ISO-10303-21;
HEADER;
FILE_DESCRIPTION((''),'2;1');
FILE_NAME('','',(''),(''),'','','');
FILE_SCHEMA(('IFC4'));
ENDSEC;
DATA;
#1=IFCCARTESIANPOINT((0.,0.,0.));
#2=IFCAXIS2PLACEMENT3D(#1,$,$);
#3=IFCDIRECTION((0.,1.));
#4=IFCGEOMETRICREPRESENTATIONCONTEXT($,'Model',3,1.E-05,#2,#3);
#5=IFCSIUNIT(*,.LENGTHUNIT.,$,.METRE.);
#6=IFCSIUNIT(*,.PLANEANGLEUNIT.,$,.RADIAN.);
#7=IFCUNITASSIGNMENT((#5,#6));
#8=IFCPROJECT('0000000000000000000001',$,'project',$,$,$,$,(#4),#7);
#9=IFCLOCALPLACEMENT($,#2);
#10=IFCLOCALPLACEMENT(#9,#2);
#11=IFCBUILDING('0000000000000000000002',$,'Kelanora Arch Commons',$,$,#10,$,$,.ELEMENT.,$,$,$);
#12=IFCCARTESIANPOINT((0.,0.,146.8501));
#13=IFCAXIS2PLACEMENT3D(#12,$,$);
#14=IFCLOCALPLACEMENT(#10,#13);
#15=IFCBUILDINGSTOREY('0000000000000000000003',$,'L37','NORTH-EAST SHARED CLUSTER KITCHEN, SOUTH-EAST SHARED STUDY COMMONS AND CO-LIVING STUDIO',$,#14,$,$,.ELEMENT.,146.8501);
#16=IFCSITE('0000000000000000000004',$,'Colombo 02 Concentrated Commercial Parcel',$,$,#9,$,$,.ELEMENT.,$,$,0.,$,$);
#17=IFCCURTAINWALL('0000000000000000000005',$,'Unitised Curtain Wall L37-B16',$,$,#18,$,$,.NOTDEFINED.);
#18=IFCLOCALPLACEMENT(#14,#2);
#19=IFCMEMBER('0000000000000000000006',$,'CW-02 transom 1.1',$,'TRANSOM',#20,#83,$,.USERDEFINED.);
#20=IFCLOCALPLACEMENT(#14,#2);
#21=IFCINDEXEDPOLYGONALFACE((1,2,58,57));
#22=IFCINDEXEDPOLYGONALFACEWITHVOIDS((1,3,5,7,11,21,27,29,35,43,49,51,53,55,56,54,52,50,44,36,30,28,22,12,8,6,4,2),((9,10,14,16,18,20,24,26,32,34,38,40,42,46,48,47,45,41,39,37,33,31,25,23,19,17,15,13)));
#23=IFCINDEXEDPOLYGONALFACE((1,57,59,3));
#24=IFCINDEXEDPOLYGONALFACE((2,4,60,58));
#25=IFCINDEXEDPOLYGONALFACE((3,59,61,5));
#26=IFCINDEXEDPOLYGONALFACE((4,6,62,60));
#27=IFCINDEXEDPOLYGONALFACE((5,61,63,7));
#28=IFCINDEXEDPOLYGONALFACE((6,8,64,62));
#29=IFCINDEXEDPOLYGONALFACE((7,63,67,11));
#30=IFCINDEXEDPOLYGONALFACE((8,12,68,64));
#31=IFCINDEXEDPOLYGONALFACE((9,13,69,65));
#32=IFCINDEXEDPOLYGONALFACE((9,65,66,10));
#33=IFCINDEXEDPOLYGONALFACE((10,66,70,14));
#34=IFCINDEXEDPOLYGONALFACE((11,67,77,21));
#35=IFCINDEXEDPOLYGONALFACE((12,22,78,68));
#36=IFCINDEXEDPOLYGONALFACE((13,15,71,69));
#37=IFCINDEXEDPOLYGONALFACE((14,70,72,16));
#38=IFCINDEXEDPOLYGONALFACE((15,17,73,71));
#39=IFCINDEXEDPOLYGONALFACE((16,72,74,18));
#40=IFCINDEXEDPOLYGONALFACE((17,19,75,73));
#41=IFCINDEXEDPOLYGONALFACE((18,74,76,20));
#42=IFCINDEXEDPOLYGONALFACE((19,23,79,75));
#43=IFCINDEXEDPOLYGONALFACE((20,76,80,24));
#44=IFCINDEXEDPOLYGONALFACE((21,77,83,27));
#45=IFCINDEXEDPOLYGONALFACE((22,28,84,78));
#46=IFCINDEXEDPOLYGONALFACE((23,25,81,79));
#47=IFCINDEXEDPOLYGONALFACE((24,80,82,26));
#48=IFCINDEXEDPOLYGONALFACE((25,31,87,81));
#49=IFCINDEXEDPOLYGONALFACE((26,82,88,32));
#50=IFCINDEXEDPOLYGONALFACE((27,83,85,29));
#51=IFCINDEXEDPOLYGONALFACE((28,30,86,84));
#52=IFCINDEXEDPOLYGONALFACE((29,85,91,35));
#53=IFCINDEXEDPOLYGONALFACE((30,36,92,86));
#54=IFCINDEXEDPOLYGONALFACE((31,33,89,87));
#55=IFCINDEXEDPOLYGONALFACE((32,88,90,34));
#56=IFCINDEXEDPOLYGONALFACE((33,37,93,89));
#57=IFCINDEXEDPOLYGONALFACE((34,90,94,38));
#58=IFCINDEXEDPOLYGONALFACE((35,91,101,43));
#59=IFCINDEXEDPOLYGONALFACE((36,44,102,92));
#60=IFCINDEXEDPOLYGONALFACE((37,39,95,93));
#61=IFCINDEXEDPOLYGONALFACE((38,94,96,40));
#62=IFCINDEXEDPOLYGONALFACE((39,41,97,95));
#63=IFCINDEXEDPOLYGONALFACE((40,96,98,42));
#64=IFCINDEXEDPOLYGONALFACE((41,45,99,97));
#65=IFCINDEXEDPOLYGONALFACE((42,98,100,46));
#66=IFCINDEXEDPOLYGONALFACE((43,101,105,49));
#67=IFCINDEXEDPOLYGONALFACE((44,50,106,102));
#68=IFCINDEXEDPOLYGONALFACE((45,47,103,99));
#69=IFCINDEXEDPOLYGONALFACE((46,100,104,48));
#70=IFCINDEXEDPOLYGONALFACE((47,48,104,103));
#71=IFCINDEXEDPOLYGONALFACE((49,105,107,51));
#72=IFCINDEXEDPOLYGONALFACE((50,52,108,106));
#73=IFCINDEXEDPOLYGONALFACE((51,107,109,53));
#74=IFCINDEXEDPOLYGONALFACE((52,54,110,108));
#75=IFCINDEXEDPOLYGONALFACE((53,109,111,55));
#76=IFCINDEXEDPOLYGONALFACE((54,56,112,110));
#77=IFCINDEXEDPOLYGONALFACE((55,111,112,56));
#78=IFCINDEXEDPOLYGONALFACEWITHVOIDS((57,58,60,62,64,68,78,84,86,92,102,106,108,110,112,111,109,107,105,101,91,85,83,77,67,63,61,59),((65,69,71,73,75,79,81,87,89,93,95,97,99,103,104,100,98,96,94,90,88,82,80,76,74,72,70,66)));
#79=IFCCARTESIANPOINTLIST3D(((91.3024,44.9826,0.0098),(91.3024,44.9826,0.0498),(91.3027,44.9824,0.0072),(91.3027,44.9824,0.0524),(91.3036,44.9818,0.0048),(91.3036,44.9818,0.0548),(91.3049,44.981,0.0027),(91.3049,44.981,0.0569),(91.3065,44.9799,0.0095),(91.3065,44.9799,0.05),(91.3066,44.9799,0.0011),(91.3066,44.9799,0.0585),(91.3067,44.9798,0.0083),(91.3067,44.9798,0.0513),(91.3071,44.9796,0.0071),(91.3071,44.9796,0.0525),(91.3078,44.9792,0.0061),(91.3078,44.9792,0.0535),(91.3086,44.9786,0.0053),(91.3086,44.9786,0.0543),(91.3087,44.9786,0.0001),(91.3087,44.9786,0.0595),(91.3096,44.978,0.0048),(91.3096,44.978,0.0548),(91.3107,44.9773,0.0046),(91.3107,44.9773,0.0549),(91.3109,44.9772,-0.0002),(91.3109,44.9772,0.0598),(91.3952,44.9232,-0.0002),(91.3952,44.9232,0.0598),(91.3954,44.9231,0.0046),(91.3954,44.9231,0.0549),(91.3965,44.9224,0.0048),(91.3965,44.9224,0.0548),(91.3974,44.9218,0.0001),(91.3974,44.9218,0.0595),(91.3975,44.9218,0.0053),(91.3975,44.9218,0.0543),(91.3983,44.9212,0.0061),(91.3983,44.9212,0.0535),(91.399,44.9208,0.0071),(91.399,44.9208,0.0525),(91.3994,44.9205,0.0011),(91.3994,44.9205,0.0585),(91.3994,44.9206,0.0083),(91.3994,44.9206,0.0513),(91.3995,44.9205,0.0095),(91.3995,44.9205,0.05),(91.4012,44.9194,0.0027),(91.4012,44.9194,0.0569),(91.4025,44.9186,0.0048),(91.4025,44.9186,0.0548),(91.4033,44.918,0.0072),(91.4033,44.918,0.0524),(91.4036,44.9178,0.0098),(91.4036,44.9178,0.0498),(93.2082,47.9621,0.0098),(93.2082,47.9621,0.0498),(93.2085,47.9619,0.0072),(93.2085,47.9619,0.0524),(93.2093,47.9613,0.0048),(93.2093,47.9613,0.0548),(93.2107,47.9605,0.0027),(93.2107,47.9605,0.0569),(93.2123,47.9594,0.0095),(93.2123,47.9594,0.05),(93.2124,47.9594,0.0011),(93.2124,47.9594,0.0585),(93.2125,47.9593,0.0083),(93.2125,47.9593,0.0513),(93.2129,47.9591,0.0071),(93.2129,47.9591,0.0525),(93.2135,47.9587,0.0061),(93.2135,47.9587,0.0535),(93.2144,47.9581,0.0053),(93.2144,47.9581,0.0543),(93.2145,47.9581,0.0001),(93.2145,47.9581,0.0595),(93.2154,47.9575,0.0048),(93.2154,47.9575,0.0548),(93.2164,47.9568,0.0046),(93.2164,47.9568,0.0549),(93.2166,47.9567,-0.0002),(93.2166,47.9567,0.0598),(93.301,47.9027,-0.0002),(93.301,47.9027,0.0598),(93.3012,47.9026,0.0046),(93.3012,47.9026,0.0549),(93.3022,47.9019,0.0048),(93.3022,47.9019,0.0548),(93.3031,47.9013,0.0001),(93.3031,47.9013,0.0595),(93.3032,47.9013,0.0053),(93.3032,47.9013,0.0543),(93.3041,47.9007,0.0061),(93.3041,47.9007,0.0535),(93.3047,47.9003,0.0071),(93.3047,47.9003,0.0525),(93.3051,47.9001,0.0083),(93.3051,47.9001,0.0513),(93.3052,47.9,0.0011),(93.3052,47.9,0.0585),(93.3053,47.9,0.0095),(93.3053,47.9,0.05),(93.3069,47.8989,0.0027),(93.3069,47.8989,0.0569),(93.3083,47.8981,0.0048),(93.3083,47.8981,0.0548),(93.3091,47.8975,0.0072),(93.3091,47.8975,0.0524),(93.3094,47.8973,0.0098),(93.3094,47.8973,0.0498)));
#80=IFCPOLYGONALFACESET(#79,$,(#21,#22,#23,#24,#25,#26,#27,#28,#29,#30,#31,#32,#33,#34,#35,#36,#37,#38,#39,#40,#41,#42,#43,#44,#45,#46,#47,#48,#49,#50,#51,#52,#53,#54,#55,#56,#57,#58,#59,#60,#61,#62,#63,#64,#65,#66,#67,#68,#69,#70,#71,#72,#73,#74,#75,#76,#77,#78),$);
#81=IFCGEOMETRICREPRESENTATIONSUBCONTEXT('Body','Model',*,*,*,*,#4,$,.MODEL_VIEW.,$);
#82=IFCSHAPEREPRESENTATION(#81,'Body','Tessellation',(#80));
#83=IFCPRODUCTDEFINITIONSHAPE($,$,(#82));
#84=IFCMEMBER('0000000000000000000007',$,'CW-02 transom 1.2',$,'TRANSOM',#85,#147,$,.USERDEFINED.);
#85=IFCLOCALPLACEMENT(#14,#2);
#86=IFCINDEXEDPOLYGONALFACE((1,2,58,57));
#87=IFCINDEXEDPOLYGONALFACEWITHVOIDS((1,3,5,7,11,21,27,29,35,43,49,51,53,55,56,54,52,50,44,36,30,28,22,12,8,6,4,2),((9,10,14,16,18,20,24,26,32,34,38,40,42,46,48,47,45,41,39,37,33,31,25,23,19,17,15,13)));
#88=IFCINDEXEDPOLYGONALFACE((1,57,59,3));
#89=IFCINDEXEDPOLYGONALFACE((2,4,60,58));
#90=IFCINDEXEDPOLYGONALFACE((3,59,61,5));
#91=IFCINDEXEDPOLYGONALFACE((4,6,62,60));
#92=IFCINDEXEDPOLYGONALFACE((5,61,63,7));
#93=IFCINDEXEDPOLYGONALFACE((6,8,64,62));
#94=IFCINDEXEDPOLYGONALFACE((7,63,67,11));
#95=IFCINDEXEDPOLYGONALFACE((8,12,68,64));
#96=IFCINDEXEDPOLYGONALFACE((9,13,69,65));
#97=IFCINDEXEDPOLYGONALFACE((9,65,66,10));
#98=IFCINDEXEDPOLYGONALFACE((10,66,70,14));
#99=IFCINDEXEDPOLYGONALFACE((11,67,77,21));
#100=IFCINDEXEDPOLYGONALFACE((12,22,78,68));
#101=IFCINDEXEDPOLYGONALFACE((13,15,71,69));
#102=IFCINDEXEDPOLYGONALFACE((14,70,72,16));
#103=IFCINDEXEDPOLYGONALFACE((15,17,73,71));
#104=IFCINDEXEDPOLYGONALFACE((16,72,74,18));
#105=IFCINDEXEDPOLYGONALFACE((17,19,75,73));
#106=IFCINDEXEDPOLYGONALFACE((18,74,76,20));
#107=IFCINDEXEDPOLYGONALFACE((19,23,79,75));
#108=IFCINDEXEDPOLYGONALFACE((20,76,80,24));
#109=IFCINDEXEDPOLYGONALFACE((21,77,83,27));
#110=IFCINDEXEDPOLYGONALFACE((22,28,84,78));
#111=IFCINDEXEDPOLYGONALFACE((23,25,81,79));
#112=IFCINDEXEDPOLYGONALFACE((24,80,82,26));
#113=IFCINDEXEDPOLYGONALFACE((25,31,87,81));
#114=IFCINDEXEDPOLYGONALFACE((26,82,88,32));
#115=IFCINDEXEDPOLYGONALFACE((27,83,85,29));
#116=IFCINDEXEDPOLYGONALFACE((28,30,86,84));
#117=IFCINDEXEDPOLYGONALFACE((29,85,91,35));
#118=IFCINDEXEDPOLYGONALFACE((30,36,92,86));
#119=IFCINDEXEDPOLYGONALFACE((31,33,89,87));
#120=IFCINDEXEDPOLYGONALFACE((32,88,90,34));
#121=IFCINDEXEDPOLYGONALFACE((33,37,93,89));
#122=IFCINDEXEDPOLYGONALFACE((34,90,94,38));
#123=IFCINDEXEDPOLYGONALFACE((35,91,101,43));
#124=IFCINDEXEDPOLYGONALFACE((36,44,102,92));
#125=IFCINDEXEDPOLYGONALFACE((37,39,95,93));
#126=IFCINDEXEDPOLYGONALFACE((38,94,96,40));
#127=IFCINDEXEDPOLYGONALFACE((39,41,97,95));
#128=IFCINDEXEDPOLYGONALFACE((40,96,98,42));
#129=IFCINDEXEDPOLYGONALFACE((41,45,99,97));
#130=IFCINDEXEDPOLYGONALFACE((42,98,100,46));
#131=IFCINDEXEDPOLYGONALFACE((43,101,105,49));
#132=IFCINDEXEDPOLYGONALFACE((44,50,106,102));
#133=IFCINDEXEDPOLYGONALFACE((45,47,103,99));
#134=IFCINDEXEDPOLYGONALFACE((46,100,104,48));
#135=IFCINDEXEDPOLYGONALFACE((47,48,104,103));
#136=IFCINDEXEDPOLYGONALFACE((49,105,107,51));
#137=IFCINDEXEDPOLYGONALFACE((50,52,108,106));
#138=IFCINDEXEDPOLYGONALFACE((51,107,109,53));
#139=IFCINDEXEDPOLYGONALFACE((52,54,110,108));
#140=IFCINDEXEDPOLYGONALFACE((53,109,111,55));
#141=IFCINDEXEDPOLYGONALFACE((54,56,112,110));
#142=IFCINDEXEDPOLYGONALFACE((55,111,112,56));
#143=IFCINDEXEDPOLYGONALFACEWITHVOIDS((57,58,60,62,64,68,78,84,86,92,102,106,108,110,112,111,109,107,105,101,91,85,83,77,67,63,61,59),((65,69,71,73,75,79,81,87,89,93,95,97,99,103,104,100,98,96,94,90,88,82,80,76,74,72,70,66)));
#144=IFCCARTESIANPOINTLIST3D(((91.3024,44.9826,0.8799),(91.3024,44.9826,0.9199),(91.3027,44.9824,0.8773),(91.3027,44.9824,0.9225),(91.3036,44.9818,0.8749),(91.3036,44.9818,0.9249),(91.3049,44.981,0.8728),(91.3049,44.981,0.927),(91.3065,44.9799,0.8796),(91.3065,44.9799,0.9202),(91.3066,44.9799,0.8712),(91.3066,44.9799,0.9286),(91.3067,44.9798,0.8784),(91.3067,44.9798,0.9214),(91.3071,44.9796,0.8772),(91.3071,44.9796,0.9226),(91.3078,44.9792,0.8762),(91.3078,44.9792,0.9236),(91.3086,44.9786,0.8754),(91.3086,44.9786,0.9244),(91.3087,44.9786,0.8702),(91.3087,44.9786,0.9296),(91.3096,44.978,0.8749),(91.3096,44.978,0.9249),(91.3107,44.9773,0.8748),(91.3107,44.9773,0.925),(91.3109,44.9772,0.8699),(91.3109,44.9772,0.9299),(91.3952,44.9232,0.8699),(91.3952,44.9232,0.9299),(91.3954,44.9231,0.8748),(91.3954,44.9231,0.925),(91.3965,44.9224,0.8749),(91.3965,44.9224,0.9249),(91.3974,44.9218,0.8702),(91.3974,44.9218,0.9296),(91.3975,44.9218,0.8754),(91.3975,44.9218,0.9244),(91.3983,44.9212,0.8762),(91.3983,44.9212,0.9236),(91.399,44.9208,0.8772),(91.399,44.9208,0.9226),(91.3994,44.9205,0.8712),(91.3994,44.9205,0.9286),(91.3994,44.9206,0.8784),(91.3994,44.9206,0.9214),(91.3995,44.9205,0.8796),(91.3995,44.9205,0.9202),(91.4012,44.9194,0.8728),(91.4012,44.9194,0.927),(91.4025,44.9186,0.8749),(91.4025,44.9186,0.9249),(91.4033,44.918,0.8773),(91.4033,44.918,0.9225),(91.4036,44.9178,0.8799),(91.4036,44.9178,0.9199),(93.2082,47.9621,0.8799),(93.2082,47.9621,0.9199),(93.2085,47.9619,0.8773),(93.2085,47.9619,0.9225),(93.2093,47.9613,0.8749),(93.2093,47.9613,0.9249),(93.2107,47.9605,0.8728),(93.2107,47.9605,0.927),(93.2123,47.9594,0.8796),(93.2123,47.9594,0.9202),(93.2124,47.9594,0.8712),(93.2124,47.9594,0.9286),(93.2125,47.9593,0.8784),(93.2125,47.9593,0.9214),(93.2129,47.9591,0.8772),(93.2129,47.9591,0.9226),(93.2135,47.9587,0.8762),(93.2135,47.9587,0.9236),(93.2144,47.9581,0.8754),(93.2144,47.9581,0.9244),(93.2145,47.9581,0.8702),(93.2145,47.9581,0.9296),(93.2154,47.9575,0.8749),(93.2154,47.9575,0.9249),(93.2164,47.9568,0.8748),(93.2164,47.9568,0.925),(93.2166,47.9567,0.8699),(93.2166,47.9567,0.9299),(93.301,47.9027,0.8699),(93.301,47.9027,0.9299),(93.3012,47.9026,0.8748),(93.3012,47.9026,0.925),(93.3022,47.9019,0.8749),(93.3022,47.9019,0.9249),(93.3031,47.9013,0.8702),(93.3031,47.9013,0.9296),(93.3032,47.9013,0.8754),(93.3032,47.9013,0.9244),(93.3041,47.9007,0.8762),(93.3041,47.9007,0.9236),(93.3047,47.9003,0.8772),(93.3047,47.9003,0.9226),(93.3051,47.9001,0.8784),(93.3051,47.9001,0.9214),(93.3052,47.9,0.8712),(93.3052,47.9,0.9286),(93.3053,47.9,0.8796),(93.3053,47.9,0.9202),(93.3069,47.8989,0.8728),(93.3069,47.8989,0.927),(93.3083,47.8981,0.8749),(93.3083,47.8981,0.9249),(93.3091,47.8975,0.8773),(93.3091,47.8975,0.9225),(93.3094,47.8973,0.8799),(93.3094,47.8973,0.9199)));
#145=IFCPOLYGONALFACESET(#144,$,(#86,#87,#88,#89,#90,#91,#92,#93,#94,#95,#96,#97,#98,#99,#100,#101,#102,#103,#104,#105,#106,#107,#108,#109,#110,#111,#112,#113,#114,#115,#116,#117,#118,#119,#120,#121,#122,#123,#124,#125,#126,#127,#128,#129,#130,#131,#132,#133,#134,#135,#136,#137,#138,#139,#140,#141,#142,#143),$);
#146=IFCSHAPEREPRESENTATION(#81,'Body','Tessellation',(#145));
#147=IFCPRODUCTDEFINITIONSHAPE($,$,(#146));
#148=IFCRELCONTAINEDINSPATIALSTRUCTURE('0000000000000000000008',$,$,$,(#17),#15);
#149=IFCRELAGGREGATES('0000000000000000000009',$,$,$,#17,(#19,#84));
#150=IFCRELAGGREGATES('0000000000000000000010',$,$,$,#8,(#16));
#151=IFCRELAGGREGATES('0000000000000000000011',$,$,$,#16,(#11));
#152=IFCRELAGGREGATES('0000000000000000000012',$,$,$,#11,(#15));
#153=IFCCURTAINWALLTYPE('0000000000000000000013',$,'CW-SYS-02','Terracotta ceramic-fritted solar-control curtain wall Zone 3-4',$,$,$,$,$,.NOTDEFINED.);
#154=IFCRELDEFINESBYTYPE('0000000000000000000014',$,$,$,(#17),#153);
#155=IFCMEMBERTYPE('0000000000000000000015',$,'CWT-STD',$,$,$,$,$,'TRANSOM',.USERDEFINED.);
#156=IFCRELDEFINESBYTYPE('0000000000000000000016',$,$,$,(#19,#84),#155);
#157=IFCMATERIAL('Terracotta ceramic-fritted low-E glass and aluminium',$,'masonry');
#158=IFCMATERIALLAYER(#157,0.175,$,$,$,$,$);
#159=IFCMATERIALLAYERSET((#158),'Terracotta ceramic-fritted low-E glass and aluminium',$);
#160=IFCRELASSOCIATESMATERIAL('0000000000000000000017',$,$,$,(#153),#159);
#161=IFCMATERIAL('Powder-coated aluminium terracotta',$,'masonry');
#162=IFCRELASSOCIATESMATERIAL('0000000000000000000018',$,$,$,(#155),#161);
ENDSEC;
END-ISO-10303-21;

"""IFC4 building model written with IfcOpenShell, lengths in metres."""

from ifc_helpers import new_model, si_unit, direction, frame, origin, origin_2d, place, context, subcontext, project, spatial, hollow_rectangle, extrude, material, layer, layer_set, material_profile, profile_set, type_object, element, aggregate, save


model = new_model("IFC4")

# Units and contexts
model_context = context("Model", 3, precision=1e-05, world=origin(), true_north=direction((0.0, 1.0)))
body_context = subcontext(model_context, "Body", "Model", "MODEL_VIEW")
ifc_project = project(units=[si_unit("LENGTHUNIT", "METRE"), si_unit("PLANEANGLEUNIT", "RADIAN")], contexts=[model_context])

# Site, building, storey
site_placement = place(None, origin())
site = spatial("IfcSite", under=ifc_project, at=site_placement, Name="Colombo 02 Concentrated Commercial Parcel", CompositionType="ELEMENT", RefElevation=0.0)
building_placement = place(site_placement, origin())
building = spatial("IfcBuilding", under=site, at=building_placement, Name="Kelanora Arch Commons", CompositionType="ELEMENT")
storey_placement = place(building_placement, frame((0.0, 0.0, 146.8501)))
storey = spatial("IfcBuildingStorey", under=building, at=storey_placement, Name="L37", Description="NORTH-EAST SHARED CLUSTER KITCHEN, SOUTH-EAST SHARED STUDY COMMONS AND CO-LIVING STUDIO", CompositionType="ELEMENT", Elevation=146.8501)

# Shared definitions
ifc_material_1 = material(Name="Terracotta ceramic-fritted low-E glass and aluminium", Category="masonry")
ifc_layer_1 = layer(ifc_material_1, 0.175)
ifc_layer_set_1 = layer_set([ifc_layer_1], Name="Terracotta ceramic-fritted low-E glass and aluminium")
curtain_wall_type = type_object("IfcCurtainWallType", Name="CW-SYS-02", Description="Terracotta ceramic-fritted solar-control curtain wall Zone 3-4", PredefinedType="NOTDEFINED", material=ifc_layer_set_1)
ifc_material_2 = material(Name="Powder-coated aluminium terracotta", Category="masonry")

# Curtain wall, members
curtain_wall_1_placement = place(storey_placement, origin())
curtain_wall_1 = element("IfcCurtainWall", 1, at=curtain_wall_1_placement, inside=storey, type_object=curtain_wall_type, Name="Unitised Curtain Wall L37-B16", PredefinedType="NOTDEFINED")
ifc_material_profile_1 = material_profile(ifc_material_2, hollow_rectangle(XDim=0.1201, YDim=0.0601, WallThickness=0.0049, InnerFilletRadius=0.0049, OuterFilletRadius=0.01, at=origin_2d()), Name="CWT120x60")
ifc_profile_set_1 = profile_set([ifc_material_profile_1], Name="Powder-coated aluminium terracotta")
member_type_1 = type_object("IfcMemberType", Name="CWT-STD", ElementType="TRANSOM", PredefinedType="USERDEFINED", material=ifc_profile_set_1)
member_1_placement = place(storey_placement, frame((91.353, 44.9502, 0.0298), z_axis=(0.53883, 0.842414, 0.0), x_axis=(-0.842414, 0.53883, 0.0)))
member_1 = element("IfcMember", 2, at=member_1_placement, type_object=member_type_1, Name="CW-02 transom 1.1", ObjectType="TRANSOM", PredefinedType="USERDEFINED", context=body_context, shape_type="SweptSolid", body=[
    extrude(hollow_rectangle(XDim=0.1201, YDim=0.0601, WallThickness=0.0049, InnerFilletRadius=0.0049, OuterFilletRadius=0.01, at=origin_2d()), origin(), (0.0, 0.0, 1.0), 3.5369),
])
member_2_placement = place(storey_placement, frame((91.353, 44.9502, 0.8999), z_axis=(0.53883, 0.842414, 0.0), x_axis=(-0.842414, 0.53883, 0.0)))
member_2 = element("IfcMember", 3, at=member_2_placement, type_object=member_type_1, Name="CW-02 transom 1.2", ObjectType="TRANSOM", PredefinedType="USERDEFINED", context=body_context, shape_type="SweptSolid", body=[
    extrude(hollow_rectangle(XDim=0.1201, YDim=0.0601, WallThickness=0.0049, InnerFilletRadius=0.0049, OuterFilletRadius=0.01, at=origin_2d()), origin(), (0.0, 0.0, 1.0), 3.5369),
])

aggregate(curtain_wall_1, [member_1, member_2])

save(model, "model.ifc")
